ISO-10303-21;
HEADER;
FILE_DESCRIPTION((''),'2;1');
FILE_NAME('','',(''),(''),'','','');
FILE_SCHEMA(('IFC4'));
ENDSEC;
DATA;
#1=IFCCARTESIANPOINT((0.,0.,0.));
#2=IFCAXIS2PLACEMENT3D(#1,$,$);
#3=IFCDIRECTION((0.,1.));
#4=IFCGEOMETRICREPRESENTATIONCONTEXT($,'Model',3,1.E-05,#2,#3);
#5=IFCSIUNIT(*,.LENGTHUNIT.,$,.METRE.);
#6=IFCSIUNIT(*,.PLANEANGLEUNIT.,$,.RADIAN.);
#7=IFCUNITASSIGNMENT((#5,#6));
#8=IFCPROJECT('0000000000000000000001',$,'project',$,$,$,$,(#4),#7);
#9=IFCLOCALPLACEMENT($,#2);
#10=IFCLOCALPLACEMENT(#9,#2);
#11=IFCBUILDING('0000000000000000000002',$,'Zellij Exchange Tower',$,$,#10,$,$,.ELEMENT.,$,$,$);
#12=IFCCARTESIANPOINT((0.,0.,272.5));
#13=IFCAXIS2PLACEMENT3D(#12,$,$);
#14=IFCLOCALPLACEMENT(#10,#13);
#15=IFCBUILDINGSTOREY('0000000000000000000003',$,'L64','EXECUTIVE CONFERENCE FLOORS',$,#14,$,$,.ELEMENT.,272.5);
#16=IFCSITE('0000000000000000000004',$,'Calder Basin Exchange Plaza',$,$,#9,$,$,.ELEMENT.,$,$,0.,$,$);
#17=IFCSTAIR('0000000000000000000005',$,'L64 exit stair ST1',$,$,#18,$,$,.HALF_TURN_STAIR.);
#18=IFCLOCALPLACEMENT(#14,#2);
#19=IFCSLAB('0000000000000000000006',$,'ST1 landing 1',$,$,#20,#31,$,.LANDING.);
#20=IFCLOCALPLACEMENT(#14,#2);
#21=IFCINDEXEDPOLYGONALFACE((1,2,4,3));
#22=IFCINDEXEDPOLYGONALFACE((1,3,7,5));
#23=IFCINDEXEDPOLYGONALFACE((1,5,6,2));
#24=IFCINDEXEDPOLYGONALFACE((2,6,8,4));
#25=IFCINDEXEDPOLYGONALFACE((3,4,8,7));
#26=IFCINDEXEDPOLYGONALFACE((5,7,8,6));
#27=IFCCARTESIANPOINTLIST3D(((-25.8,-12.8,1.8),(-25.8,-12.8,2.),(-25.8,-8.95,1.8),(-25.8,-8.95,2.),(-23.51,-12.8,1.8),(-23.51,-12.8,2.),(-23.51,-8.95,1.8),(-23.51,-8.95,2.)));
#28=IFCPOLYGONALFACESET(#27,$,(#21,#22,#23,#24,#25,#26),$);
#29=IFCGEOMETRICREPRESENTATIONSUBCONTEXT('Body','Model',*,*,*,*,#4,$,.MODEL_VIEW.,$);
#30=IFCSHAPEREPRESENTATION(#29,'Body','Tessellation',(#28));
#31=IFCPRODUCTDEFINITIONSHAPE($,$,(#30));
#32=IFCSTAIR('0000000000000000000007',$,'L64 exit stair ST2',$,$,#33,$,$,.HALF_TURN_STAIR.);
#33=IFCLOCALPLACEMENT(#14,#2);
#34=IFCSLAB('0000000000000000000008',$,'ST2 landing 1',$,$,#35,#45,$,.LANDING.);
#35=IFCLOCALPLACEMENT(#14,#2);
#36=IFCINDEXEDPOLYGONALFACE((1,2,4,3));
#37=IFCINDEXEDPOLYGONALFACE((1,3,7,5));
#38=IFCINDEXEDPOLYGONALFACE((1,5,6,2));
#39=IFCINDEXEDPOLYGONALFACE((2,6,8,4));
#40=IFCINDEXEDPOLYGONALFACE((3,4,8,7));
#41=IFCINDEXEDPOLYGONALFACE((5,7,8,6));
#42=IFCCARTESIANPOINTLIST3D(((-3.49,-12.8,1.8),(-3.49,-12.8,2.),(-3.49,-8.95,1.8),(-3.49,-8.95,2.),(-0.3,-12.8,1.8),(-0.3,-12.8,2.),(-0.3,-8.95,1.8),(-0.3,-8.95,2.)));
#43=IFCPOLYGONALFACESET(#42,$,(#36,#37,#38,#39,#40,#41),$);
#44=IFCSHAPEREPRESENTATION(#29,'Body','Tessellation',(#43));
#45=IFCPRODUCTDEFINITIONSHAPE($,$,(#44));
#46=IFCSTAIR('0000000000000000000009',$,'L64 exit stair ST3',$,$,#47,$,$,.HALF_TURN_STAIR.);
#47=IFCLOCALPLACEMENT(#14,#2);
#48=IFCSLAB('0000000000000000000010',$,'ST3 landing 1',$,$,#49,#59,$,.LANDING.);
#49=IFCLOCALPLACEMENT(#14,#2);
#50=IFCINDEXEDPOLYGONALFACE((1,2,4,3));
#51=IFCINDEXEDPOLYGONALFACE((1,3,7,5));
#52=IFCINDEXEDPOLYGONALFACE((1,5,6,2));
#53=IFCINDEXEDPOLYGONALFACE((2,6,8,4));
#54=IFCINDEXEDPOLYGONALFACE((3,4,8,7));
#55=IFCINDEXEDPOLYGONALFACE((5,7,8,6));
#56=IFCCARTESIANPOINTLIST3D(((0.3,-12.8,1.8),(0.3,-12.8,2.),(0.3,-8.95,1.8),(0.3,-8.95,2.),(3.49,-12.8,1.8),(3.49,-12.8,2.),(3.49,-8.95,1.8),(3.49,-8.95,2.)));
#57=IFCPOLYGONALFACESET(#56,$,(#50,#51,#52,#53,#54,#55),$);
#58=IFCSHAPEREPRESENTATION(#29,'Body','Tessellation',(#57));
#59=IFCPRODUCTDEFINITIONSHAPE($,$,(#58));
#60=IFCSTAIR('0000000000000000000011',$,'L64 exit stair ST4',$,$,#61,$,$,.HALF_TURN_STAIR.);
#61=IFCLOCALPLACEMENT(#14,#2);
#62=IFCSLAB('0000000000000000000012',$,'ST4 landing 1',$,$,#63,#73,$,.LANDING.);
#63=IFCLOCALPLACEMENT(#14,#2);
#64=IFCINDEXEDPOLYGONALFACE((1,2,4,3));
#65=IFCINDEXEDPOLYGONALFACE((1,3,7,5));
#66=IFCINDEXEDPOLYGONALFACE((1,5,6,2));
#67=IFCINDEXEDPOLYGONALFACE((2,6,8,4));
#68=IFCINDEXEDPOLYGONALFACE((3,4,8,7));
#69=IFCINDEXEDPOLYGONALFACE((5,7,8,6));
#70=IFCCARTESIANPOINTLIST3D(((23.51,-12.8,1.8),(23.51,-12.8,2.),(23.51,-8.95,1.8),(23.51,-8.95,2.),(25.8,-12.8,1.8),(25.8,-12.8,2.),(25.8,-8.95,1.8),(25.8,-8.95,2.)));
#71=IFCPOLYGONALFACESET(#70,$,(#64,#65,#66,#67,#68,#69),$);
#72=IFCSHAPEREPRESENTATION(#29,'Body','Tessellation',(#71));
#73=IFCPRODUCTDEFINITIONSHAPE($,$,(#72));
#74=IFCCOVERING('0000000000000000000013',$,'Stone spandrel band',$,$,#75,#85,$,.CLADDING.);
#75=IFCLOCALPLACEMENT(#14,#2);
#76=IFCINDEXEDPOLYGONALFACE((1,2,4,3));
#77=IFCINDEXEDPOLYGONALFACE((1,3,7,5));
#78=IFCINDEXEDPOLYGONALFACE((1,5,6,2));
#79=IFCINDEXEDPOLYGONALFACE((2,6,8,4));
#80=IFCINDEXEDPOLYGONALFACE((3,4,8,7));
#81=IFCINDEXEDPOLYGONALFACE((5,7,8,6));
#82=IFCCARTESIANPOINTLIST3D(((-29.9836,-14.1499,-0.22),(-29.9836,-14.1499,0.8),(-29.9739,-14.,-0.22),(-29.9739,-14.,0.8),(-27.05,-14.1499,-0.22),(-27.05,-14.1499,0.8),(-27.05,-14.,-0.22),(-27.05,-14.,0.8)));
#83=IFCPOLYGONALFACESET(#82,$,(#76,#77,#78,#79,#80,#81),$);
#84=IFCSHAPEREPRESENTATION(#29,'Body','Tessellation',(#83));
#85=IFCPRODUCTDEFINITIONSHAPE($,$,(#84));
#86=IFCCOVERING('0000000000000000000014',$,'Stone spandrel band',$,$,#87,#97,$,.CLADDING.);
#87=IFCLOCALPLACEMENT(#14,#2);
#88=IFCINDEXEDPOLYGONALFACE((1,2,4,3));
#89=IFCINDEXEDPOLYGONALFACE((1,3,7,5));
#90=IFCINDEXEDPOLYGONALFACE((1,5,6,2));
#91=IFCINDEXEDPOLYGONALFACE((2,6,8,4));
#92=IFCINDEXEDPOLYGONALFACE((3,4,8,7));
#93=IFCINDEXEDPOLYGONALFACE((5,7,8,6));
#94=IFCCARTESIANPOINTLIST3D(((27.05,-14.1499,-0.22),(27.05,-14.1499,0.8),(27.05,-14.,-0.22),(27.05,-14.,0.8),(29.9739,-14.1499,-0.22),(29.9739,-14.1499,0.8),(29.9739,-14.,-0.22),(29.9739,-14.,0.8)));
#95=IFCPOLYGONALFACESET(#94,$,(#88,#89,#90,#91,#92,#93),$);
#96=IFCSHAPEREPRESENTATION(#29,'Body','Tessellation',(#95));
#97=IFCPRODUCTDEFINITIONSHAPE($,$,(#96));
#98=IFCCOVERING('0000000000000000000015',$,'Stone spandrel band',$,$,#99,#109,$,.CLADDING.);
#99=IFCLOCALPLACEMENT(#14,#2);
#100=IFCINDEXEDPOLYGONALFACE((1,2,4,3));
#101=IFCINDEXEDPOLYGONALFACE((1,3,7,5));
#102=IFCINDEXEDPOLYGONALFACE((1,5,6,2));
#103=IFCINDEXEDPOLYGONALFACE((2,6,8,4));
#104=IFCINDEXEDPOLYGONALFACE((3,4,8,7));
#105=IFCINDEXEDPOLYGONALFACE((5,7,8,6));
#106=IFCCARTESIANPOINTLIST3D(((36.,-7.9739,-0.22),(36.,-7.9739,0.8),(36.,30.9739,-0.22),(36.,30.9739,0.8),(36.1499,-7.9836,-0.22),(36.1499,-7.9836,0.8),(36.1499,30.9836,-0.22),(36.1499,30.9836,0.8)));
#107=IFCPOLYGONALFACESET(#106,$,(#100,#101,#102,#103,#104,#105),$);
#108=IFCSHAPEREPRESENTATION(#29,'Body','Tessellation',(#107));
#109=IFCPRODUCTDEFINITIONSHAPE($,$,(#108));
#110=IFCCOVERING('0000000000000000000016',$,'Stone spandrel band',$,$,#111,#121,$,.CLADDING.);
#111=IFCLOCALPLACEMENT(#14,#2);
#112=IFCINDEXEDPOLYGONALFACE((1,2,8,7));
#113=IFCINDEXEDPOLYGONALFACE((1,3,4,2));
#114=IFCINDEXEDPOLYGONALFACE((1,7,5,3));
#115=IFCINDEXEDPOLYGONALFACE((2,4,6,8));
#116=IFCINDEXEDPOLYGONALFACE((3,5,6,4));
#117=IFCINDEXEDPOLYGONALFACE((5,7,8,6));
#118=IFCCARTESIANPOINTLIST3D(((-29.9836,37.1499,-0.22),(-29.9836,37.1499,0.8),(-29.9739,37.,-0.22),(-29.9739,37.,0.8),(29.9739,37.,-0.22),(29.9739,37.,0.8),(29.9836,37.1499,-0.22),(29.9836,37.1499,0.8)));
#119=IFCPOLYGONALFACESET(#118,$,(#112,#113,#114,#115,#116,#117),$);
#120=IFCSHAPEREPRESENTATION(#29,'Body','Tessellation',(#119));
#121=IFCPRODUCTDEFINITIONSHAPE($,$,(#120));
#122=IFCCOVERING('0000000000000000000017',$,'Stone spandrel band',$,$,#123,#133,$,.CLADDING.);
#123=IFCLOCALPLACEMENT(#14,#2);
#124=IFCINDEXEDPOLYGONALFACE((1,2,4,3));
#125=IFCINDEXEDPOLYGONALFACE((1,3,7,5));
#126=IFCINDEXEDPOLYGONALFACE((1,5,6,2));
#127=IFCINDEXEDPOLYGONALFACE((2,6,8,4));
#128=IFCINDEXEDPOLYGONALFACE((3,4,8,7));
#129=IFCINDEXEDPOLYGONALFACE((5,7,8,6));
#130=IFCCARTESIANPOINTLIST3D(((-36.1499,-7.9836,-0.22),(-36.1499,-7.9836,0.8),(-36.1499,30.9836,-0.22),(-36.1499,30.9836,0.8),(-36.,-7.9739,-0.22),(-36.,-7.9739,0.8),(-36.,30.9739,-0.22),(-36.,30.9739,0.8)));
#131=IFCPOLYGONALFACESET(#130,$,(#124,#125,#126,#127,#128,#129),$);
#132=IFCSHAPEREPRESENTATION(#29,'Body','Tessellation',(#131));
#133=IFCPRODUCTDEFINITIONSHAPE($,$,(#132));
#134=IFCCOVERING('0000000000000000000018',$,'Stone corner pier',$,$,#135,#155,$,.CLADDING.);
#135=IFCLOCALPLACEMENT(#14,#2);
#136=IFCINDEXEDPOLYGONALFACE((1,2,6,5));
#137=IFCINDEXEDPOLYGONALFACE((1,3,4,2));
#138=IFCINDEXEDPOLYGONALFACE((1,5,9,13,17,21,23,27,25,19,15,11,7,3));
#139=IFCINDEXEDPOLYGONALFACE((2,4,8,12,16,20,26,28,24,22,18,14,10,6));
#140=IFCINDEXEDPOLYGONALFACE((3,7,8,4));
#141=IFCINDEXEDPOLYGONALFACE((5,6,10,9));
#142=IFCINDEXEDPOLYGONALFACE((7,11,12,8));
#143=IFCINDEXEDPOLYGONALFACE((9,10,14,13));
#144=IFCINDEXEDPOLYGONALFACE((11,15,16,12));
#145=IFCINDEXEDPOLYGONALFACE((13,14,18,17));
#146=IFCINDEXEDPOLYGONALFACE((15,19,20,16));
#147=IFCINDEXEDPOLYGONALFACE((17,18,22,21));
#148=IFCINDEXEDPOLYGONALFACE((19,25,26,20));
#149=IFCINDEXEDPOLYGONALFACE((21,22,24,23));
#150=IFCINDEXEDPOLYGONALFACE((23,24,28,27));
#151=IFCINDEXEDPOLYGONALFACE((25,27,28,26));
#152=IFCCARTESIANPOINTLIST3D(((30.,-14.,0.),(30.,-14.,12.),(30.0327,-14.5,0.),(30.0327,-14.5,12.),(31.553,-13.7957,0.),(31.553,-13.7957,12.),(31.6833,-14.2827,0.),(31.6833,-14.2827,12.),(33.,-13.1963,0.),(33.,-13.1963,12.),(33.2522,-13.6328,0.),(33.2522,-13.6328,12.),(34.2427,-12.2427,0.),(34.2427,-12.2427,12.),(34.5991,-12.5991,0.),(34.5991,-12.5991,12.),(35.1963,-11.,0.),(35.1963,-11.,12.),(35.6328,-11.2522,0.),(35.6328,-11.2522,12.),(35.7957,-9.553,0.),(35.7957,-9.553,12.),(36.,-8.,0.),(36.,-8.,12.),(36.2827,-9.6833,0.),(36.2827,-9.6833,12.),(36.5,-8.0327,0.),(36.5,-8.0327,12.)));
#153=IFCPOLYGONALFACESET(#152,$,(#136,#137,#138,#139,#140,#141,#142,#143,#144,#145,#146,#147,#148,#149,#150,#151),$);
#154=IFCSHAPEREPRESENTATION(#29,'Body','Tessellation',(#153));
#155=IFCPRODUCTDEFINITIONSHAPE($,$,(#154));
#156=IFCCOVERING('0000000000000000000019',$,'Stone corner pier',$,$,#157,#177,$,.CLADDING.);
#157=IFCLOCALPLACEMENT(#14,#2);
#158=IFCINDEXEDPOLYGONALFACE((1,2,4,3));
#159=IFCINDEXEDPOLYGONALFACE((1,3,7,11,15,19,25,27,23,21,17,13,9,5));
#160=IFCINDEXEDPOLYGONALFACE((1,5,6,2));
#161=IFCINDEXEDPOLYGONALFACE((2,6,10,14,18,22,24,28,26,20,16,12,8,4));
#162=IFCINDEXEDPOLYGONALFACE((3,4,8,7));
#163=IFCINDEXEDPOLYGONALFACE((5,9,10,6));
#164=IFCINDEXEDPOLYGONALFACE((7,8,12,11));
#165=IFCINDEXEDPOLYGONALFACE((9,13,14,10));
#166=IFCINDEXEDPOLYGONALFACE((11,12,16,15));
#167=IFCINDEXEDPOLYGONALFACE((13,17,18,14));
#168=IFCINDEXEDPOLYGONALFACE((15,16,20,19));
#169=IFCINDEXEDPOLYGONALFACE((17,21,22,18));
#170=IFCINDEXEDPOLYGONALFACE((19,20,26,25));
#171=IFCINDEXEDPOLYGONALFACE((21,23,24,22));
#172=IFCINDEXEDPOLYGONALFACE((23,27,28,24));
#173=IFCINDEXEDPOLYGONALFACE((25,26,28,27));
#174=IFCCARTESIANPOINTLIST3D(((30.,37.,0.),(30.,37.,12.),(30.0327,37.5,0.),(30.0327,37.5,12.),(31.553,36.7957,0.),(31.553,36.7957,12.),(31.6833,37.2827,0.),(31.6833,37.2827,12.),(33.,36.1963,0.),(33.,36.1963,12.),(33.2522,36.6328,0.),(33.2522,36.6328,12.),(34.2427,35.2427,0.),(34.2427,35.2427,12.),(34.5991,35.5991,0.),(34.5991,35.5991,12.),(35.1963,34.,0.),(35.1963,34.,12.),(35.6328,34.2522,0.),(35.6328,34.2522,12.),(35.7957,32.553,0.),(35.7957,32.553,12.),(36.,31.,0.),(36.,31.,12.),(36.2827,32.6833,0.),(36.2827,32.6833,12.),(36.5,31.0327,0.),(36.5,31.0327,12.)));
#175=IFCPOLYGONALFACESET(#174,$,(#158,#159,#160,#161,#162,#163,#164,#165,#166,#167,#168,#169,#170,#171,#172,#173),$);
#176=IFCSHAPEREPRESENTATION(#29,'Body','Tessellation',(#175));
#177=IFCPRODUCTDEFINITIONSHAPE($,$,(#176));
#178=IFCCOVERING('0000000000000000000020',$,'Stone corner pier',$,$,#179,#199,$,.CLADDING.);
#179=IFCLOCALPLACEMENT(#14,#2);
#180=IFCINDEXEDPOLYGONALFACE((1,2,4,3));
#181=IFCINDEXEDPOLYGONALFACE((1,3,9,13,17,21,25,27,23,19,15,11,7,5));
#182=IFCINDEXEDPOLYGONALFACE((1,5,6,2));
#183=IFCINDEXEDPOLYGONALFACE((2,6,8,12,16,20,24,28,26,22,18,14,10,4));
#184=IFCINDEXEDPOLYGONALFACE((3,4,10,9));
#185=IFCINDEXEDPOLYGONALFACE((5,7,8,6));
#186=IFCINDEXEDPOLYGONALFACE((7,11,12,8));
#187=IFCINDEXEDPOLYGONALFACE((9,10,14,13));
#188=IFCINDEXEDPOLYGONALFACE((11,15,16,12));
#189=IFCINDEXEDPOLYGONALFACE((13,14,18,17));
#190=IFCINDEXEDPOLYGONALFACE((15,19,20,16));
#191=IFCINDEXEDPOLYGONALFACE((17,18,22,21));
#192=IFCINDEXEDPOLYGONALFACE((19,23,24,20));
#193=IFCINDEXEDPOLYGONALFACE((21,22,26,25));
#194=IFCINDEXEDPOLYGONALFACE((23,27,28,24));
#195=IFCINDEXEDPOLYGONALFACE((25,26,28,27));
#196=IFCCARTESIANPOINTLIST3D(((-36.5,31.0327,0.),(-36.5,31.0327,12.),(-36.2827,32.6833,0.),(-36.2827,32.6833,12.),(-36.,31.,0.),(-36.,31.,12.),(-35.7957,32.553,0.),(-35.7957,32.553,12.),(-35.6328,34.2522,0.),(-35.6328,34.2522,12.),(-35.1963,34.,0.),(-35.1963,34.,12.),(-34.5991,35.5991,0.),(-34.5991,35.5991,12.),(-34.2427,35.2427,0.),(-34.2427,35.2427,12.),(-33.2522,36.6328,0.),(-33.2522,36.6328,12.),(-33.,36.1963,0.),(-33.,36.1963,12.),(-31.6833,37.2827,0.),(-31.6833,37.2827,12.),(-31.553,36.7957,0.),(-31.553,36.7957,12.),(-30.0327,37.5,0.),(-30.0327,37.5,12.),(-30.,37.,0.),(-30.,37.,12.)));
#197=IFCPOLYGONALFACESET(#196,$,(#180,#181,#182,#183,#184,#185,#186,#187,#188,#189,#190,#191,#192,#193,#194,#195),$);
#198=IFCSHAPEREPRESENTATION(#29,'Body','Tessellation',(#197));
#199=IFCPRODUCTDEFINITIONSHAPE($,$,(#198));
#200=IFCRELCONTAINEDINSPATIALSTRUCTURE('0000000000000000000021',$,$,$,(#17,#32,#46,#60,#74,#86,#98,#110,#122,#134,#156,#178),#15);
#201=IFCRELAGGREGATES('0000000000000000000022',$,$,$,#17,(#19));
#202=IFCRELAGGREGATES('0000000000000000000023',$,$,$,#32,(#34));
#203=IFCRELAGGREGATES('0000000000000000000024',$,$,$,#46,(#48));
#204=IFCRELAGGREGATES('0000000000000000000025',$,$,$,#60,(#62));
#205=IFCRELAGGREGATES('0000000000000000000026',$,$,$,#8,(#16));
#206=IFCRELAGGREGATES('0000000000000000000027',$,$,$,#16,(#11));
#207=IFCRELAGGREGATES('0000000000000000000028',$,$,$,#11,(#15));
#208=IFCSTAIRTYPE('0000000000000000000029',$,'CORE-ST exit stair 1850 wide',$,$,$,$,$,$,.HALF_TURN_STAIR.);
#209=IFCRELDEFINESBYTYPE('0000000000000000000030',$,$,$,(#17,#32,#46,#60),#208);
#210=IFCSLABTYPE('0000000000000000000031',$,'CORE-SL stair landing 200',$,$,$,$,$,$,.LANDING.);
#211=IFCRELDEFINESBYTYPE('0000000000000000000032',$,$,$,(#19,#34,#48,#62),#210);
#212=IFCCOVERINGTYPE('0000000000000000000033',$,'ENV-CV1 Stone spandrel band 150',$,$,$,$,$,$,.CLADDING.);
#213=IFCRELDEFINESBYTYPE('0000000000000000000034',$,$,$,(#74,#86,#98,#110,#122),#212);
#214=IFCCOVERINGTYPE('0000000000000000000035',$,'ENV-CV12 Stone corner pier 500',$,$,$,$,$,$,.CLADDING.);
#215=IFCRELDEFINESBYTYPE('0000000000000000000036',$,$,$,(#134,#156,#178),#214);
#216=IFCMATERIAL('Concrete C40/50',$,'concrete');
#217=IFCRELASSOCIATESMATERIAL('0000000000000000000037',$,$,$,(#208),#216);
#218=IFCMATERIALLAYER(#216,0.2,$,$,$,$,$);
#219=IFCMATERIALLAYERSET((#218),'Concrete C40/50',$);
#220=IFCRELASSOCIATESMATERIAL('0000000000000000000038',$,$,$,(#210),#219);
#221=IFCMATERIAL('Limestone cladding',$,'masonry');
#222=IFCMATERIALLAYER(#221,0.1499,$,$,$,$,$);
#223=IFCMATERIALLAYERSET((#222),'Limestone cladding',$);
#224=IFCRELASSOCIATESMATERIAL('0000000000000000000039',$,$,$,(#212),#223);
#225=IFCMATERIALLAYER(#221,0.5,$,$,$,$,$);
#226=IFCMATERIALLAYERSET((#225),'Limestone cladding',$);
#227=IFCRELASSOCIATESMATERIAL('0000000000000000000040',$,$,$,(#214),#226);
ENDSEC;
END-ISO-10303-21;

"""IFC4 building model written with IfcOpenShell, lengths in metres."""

from ifc_helpers import new_model, si_unit, direction, frame, origin, place, context, subcontext, project, spatial, polyline, outline, extrude, material, layer, layer_set, type_object, element, aggregate, save


model = new_model("IFC4")

# Units and contexts
model_context = context("Model", 3, precision=1e-05, world=origin(), true_north=direction((0.0, 1.0)))
body_context = subcontext(model_context, "Body", "Model", "MODEL_VIEW")
ifc_project = project(units=[si_unit("LENGTHUNIT", "METRE"), si_unit("PLANEANGLEUNIT", "RADIAN")], contexts=[model_context])

# Site, building, storey
site_placement = place(None, origin())
site = spatial("IfcSite", under=ifc_project, at=site_placement, Name="Calder Basin Exchange Plaza", CompositionType="ELEMENT", RefElevation=0.0)
building_placement = place(site_placement, origin())
building = spatial("IfcBuilding", under=site, at=building_placement, Name="Zellij Exchange Tower", CompositionType="ELEMENT")
storey_placement = place(building_placement, frame((0.0, 0.0, 272.5)))
storey = spatial("IfcBuildingStorey", under=building, at=storey_placement, Name="L64", Description="EXECUTIVE CONFERENCE FLOORS", CompositionType="ELEMENT", Elevation=272.5)

# Stairs, slabs
ifc_material_1 = material(Name="Concrete C40/50", Category="concrete")
stair_type = type_object("IfcStairType", Name="CORE-ST exit stair 1850 wide", PredefinedType="HALF_TURN_STAIR", material=ifc_material_1)
stair_1_placement = place(storey_placement, origin())
stair_1 = element("IfcStair", 1, at=stair_1_placement, inside=storey, type_object=stair_type, Name="L64 exit stair ST1", PredefinedType="HALF_TURN_STAIR")
ifc_layer_1 = layer(ifc_material_1, 0.2)
ifc_layer_set_1 = layer_set([ifc_layer_1], Name="Concrete C40/50")
slab_type = type_object("IfcSlabType", Name="CORE-SL stair landing 200", PredefinedType="LANDING", material=ifc_layer_set_1)
slab_1_placement = place(storey_placement, frame((0.0, 0.0, 1.8)))
slab_1 = element("IfcSlab", 2, at=slab_1_placement, type_object=slab_type, Name="ST1 landing 1", PredefinedType="LANDING", context=body_context, shape_type="SweptSolid", body=[
    extrude(outline(polyline([(-23.51, -8.95), (-25.8, -8.95), (-25.8, -12.8), (-23.51, -12.8), (-23.51, -8.95)])), origin(), (0.0, 0.0, 1.0), 0.2),
])
aggregate(stair_1, [slab_1])
stair_2_placement = place(storey_placement, origin())
stair_2 = element("IfcStair", 3, at=stair_2_placement, inside=storey, type_object=stair_type, Name="L64 exit stair ST2", PredefinedType="HALF_TURN_STAIR")
slab_2_placement = place(storey_placement, frame((0.0, 0.0, 1.8)))
slab_2 = element("IfcSlab", 4, at=slab_2_placement, type_object=slab_type, Name="ST2 landing 1", PredefinedType="LANDING", context=body_context, shape_type="SweptSolid", body=[
    extrude(outline(polyline([(-3.49, -12.8), (-0.3, -12.8), (-0.3, -8.95), (-3.49, -8.95), (-3.49, -12.8)])), origin(), (0.0, 0.0, 1.0), 0.2),
])
aggregate(stair_2, [slab_2])
stair_3_placement = place(storey_placement, origin())
stair_3 = element("IfcStair", 5, at=stair_3_placement, inside=storey, type_object=stair_type, Name="L64 exit stair ST3", PredefinedType="HALF_TURN_STAIR")
slab_3_placement = place(storey_placement, frame((0.0, 0.0, 1.8)))
slab_3 = element("IfcSlab", 6, at=slab_3_placement, type_object=slab_type, Name="ST3 landing 1", PredefinedType="LANDING", context=body_context, shape_type="SweptSolid", body=[
    extrude(outline(polyline([(3.49, -8.95), (0.3, -8.95), (0.3, -12.8), (3.49, -12.8), (3.49, -8.95)])), origin(), (0.0, 0.0, 1.0), 0.2),
])
aggregate(stair_3, [slab_3])
stair_4_placement = place(storey_placement, origin())
stair_4 = element("IfcStair", 7, at=stair_4_placement, inside=storey, type_object=stair_type, Name="L64 exit stair ST4", PredefinedType="HALF_TURN_STAIR")
slab_4_placement = place(storey_placement, frame((0.0, 0.0, 1.8)))
slab_4 = element("IfcSlab", 8, at=slab_4_placement, type_object=slab_type, Name="ST4 landing 1", PredefinedType="LANDING", context=body_context, shape_type="SweptSolid", body=[
    extrude(outline(polyline([(23.51, -12.8), (25.8, -12.8), (25.8, -8.95), (23.51, -8.95), (23.51, -12.8)])), origin(), (0.0, 0.0, 1.0), 0.2),
])
aggregate(stair_4, [slab_4])

# Coverings
ifc_material_2 = material(Name="Limestone cladding", Category="masonry")
ifc_layer_2 = layer(ifc_material_2, 0.1499)
ifc_layer_set_2 = layer_set([ifc_layer_2], Name="Limestone cladding")
covering_type_1 = type_object("IfcCoveringType", Name="ENV-CV1 Stone spandrel band 150", PredefinedType="CLADDING", material=ifc_layer_set_2)
covering_1_placement = place(storey_placement, frame((0.0, 0.0, -0.22)))
element("IfcCovering", 9, at=covering_1_placement, inside=storey, type_object=covering_type_1, Name="Stone spandrel band", PredefinedType="CLADDING", context=body_context, shape_type="SweptSolid", body=[
    extrude(outline(polyline([(-29.9739, -14.0), (-27.05, -14.0), (-27.05, -14.1499), (-29.9836, -14.1499), (-29.9739, -14.0)])), origin(), (0.0, 0.0, 1.0), 1.02),
])
covering_2_placement = place(storey_placement, frame((0.0, 0.0, -0.22)))
element("IfcCovering", 10, at=covering_2_placement, inside=storey, type_object=covering_type_1, Name="Stone spandrel band", PredefinedType="CLADDING", context=body_context, shape_type="SweptSolid", body=[
    extrude(outline(polyline([(27.05, -14.0), (29.9739, -14.0), (29.9739, -14.1499), (27.05, -14.1499), (27.05, -14.0)])), origin(), (0.0, 0.0, 1.0), 1.02),
])
covering_3_placement = place(storey_placement, frame((0.0, 0.0, -0.22)))
element("IfcCovering", 11, at=covering_3_placement, inside=storey, type_object=covering_type_1, Name="Stone spandrel band", PredefinedType="CLADDING", context=body_context, shape_type="SweptSolid", body=[
    extrude(outline(polyline([(36.0, -7.9739), (36.0, 30.9739), (36.1499, 30.9836), (36.1499, -7.9836), (36.0, -7.9739)])), origin(), (0.0, 0.0, 1.0), 1.02),
])
covering_4_placement = place(storey_placement, frame((0.0, 0.0, -0.22)))
element("IfcCovering", 12, at=covering_4_placement, inside=storey, type_object=covering_type_1, Name="Stone spandrel band", PredefinedType="CLADDING", context=body_context, shape_type="SweptSolid", body=[
    extrude(outline(polyline([(29.9739, 37.0), (-29.9739, 37.0), (-29.9836, 37.1499), (29.9836, 37.1499), (29.9739, 37.0)])), origin(), (0.0, 0.0, 1.0), 1.02),
])
covering_5_placement = place(storey_placement, frame((0.0, 0.0, -0.22)))
element("IfcCovering", 13, at=covering_5_placement, inside=storey, type_object=covering_type_1, Name="Stone spandrel band", PredefinedType="CLADDING", context=body_context, shape_type="SweptSolid", body=[
    extrude(outline(polyline([(-36.0, 30.9739), (-36.0, -7.9739), (-36.1499, -7.9836), (-36.1499, 30.9836), (-36.0, 30.9739)])), origin(), (0.0, 0.0, 1.0), 1.02),
])
ifc_layer_3 = layer(ifc_material_2, 0.5)
ifc_layer_set_3 = layer_set([ifc_layer_3], Name="Limestone cladding")
covering_type_2 = type_object("IfcCoveringType", Name="ENV-CV12 Stone corner pier 500", PredefinedType="CLADDING", material=ifc_layer_set_3)
covering_6_placement = place(storey_placement, origin())
element("IfcCovering", 14, at=covering_6_placement, inside=storey, type_object=covering_type_2, Name="Stone corner pier", PredefinedType="CLADDING", context=body_context, shape_type="SweptSolid", body=[
    extrude(outline(polyline([(30.0, -14.0), (31.553, -13.7957), (33.0, -13.1963), (34.2427, -12.2427), (35.1963, -11.0), (35.7957, -9.553), (36.0, -8.0), (36.5, -8.0327), (36.2827, -9.6833), (35.6328, -11.2522), (34.5991, -12.5991), (33.2522, -13.6328), (31.6833, -14.2827), (30.0327, -14.5), (30.0, -14.0)])), origin(), (0.0, 0.0, 1.0), 12.0),
])
covering_7_placement = place(storey_placement, origin())
element("IfcCovering", 15, at=covering_7_placement, inside=storey, type_object=covering_type_2, Name="Stone corner pier", PredefinedType="CLADDING", context=body_context, shape_type="SweptSolid", body=[
    extrude(outline(polyline([(36.0, 31.0), (35.7957, 32.553), (35.1963, 34.0), (34.2427, 35.2427), (33.0, 36.1963), (31.553, 36.7957), (30.0, 37.0), (30.0327, 37.5), (31.6833, 37.2827), (33.2522, 36.6328), (34.5991, 35.5991), (35.6328, 34.2522), (36.2827, 32.6833), (36.5, 31.0327), (36.0, 31.0)])), origin(), (0.0, 0.0, 1.0), 12.0),
])
covering_8_placement = place(storey_placement, origin())
element("IfcCovering", 16, at=covering_8_placement, inside=storey, type_object=covering_type_2, Name="Stone corner pier", PredefinedType="CLADDING", context=body_context, shape_type="SweptSolid", body=[
    extrude(outline(polyline([(-30.0, 37.0), (-31.553, 36.7957), (-33.0, 36.1963), (-34.2427, 35.2427), (-35.1963, 34.0), (-35.7957, 32.553), (-36.0, 31.0), (-36.5, 31.0327), (-36.2827, 32.6833), (-35.6328, 34.2522), (-34.5991, 35.5991), (-33.2522, 36.6328), (-31.6833, 37.2827), (-30.0327, 37.5), (-30.0, 37.0)])), origin(), (0.0, 0.0, 1.0), 12.0),
])

save(model, "model.ifc")
